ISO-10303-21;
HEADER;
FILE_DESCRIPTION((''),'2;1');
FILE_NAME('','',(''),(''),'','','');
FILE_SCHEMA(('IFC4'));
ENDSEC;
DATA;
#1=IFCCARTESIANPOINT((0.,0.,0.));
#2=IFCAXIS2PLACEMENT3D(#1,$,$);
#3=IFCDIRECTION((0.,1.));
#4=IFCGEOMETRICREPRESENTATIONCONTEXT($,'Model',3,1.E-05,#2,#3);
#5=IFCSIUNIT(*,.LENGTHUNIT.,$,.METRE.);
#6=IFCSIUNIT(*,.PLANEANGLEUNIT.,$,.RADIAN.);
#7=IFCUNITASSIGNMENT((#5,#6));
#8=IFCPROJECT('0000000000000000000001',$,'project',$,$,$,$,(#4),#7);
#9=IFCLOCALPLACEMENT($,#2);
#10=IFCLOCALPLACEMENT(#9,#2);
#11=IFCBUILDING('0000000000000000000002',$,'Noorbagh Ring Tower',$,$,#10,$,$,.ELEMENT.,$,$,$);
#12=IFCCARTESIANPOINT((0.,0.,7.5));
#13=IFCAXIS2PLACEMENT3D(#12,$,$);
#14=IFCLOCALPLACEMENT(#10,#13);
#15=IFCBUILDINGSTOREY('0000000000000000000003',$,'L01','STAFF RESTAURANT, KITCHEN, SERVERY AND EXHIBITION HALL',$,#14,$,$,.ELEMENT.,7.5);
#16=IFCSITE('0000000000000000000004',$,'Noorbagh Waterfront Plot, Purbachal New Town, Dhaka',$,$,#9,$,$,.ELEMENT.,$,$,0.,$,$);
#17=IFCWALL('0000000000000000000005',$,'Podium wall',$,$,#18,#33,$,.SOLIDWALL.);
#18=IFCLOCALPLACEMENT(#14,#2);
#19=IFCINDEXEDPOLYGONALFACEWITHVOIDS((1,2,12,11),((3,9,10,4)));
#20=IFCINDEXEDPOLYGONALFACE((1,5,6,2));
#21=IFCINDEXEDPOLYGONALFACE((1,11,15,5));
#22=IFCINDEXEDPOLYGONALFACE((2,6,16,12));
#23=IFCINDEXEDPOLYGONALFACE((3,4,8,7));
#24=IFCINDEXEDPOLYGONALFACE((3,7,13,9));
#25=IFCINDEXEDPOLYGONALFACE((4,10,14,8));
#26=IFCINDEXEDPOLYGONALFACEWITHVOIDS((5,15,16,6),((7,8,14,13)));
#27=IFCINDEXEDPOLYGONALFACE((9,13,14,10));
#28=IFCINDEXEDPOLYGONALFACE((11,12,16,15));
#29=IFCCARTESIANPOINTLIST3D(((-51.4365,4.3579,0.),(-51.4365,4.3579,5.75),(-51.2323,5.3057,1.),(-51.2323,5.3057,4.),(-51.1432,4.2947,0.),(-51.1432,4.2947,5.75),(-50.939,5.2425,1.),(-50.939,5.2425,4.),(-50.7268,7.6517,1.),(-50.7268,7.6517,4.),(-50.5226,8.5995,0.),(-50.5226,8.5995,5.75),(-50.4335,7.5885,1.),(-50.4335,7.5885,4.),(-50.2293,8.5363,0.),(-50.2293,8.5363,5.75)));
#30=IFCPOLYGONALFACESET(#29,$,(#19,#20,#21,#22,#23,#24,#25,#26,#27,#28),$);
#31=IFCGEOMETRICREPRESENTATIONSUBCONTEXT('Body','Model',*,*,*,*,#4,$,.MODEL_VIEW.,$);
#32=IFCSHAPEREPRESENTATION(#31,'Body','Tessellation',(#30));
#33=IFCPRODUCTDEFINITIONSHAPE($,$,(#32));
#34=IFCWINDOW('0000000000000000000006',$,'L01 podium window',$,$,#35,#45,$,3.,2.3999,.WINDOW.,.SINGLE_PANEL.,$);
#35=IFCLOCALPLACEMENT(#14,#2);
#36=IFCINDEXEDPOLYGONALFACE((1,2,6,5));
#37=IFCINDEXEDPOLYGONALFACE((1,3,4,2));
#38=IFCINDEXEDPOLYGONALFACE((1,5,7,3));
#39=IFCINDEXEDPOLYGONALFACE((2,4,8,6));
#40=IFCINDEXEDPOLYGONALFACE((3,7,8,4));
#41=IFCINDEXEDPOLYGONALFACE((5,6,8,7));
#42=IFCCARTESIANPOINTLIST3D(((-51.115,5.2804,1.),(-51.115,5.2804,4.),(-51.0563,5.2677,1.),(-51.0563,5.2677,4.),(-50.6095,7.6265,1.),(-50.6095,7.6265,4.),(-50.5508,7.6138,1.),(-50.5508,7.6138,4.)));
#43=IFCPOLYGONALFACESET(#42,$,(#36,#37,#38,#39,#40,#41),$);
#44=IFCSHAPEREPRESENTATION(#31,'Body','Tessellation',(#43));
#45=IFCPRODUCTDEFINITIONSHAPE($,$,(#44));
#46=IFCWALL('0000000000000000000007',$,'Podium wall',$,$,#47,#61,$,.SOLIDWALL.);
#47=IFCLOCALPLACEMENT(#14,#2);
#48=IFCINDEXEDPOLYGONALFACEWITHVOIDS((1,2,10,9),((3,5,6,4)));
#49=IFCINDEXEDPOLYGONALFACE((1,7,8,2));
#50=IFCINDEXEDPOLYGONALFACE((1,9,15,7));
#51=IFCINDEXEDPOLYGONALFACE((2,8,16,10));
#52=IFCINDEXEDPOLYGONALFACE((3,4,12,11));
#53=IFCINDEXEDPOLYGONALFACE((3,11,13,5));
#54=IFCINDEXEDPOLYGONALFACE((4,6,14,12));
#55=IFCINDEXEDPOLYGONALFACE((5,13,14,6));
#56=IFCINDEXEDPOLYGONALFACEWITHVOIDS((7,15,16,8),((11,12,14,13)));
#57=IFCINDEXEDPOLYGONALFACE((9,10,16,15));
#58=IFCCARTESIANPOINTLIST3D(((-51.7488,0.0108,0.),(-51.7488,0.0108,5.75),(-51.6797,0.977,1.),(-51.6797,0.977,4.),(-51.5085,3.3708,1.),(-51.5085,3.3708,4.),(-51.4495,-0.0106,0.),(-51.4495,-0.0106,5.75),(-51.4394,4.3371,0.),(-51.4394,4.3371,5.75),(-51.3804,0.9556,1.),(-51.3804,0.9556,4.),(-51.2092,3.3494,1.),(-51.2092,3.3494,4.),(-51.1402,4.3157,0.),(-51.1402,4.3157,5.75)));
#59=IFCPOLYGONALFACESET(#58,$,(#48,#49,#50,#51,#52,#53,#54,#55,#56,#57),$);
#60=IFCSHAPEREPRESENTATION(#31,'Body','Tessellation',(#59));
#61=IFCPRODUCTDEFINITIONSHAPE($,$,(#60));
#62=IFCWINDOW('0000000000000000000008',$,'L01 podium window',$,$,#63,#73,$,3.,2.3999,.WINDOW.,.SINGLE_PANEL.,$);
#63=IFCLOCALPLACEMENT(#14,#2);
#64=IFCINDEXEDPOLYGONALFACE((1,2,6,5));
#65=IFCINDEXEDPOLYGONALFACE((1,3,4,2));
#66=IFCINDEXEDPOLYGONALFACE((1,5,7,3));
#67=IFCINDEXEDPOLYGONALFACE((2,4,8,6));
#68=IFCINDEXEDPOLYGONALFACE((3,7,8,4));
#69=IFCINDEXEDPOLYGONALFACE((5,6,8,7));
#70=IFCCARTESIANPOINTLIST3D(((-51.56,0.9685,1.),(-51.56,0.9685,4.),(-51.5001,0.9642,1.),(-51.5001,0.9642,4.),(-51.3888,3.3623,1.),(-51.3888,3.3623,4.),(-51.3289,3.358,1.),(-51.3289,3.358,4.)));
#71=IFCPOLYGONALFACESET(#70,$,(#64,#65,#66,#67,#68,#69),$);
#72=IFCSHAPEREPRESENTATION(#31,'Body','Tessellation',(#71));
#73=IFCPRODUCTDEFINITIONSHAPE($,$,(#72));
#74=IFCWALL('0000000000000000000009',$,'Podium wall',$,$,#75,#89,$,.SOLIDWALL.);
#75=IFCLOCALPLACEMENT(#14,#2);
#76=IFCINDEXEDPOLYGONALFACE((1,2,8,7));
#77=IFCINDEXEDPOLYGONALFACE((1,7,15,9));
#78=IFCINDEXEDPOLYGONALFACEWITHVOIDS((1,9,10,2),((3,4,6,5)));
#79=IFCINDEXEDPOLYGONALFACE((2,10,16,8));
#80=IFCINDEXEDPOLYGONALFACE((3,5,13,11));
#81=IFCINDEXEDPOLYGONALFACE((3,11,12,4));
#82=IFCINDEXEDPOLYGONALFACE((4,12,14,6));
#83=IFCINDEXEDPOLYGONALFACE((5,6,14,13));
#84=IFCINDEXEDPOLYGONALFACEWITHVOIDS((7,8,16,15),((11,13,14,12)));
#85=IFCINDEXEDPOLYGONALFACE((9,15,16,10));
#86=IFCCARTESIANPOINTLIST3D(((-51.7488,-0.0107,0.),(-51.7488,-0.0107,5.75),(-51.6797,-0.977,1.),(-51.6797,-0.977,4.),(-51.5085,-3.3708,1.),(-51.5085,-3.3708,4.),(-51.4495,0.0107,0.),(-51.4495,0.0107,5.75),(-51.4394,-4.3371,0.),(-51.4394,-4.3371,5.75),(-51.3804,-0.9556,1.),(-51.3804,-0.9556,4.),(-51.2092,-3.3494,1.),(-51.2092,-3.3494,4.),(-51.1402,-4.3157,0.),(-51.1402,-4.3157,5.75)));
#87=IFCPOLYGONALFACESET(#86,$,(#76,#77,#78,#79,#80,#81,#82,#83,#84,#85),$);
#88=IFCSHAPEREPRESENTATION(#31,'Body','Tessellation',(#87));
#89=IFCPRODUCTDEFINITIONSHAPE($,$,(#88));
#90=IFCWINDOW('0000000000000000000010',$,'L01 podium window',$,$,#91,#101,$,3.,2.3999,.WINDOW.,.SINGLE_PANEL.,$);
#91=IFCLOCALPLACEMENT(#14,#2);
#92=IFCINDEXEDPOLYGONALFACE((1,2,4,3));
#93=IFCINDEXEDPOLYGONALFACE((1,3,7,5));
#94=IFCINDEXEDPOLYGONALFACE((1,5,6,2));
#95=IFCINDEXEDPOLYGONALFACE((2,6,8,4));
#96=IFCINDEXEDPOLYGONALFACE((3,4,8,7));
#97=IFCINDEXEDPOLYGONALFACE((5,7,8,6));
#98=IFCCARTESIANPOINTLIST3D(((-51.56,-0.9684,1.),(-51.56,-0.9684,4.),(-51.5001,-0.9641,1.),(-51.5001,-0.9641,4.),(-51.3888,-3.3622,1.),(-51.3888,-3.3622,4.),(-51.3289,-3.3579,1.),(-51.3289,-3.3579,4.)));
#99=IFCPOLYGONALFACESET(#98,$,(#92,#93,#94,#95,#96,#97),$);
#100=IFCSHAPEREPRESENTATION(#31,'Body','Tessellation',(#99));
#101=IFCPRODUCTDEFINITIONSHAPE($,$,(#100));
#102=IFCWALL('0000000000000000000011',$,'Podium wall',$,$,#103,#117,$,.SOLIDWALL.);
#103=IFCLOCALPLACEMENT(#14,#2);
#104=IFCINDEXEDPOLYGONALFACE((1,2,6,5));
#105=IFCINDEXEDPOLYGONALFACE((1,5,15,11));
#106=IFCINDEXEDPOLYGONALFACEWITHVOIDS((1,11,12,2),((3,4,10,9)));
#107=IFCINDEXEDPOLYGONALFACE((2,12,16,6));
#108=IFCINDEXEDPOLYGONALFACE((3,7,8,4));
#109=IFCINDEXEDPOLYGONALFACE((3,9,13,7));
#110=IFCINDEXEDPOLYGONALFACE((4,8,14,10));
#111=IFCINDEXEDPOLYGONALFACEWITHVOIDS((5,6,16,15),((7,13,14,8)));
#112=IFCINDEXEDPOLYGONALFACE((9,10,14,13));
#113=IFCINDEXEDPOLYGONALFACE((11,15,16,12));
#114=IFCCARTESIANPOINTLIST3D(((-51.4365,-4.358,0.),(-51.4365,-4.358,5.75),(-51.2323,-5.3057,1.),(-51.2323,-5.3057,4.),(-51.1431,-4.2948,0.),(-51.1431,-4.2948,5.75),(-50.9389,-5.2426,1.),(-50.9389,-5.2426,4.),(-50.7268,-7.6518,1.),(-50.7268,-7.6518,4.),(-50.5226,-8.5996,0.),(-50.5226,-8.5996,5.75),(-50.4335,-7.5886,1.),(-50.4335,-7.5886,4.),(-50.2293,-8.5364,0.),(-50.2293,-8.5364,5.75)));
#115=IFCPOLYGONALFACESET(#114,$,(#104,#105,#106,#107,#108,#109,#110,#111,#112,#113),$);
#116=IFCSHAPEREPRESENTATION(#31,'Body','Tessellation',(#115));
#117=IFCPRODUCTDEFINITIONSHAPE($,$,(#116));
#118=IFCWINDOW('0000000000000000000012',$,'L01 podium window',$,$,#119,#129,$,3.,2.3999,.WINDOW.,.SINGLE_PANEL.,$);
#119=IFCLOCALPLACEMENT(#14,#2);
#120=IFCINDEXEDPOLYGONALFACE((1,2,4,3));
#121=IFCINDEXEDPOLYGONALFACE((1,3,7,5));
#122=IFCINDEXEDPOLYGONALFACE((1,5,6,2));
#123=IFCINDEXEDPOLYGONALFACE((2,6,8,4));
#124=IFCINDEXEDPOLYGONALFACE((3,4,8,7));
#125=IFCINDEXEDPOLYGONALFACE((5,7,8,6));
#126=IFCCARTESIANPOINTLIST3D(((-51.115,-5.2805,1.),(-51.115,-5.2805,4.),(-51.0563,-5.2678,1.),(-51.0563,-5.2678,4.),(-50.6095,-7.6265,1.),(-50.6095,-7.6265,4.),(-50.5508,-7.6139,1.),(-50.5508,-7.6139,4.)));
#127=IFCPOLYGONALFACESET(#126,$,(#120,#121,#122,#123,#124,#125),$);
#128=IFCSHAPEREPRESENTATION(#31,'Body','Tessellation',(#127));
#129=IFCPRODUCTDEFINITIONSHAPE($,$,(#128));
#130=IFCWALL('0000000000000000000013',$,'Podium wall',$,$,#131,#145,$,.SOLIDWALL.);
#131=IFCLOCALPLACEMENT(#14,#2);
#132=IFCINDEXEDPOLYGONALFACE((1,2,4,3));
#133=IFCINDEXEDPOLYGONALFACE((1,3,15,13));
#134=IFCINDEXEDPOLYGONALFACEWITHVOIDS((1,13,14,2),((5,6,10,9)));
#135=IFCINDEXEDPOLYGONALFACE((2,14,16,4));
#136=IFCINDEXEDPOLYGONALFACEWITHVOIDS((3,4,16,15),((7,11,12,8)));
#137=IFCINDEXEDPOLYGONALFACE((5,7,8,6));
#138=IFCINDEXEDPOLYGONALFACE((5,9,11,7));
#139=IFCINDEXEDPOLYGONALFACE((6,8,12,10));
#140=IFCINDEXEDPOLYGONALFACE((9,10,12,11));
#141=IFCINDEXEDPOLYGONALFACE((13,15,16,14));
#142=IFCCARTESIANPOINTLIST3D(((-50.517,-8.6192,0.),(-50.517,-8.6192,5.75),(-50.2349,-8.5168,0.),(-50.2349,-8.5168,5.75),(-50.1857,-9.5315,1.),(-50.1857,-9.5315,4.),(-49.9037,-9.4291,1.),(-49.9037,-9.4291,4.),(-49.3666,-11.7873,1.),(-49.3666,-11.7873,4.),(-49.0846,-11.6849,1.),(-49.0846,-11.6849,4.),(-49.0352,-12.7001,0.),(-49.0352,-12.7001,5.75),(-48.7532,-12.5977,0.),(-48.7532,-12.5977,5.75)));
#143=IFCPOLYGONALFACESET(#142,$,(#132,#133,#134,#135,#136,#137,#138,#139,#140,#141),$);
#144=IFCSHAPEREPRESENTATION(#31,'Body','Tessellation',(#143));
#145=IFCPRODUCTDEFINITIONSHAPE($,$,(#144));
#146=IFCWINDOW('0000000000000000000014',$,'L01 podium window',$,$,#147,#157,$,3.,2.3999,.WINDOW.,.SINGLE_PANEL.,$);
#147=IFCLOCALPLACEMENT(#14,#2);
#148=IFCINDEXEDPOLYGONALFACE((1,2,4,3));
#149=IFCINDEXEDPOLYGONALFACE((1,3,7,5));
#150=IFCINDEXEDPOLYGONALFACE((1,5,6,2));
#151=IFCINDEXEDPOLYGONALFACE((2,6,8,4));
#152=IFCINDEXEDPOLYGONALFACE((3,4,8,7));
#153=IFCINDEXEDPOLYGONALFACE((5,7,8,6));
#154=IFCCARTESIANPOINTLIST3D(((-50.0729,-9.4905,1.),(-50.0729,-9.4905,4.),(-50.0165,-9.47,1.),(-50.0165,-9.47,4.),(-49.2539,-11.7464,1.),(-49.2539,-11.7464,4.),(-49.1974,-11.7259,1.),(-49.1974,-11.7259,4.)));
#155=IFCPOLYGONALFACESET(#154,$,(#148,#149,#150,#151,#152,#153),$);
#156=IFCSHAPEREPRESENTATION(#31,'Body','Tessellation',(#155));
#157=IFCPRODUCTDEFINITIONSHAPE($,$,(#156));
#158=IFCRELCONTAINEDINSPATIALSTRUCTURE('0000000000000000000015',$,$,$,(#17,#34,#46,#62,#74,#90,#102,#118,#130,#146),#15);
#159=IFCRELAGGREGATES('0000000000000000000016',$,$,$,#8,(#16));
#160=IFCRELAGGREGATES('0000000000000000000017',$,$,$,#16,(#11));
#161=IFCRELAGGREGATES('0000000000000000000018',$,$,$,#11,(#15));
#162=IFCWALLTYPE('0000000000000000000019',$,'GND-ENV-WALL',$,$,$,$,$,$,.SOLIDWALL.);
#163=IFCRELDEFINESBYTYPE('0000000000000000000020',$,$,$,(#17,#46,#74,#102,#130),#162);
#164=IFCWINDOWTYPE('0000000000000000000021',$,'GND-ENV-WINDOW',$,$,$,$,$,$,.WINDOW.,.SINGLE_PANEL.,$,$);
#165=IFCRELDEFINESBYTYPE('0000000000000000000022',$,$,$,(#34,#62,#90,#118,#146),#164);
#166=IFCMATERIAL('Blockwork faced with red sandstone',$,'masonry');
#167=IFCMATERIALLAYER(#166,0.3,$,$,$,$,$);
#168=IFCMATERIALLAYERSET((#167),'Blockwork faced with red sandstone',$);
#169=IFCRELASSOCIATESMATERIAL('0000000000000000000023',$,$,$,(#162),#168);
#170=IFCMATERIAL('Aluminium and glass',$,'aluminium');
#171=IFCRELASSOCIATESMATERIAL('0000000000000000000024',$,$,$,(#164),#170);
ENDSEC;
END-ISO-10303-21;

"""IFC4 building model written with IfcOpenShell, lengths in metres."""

from ifc_helpers import new_model, si_unit, direction, frame, frame_2d, origin, place, context, subcontext, project, spatial, rectangle, extrude, material, layer, layer_set, type_object, element, fill, save


model = new_model("IFC4")

# Units and contexts
model_context = context("Model", 3, precision=1e-05, world=origin(), true_north=direction((0.0, 1.0)))
body_context = subcontext(model_context, "Body", "Model", "MODEL_VIEW")
ifc_project = project(units=[si_unit("LENGTHUNIT", "METRE"), si_unit("PLANEANGLEUNIT", "RADIAN")], contexts=[model_context])

# Site, building, storey
site_placement = place(None, origin())
site = spatial("IfcSite", under=ifc_project, at=site_placement, Name="Noorbagh Waterfront Plot, Purbachal New Town, Dhaka", CompositionType="ELEMENT", RefElevation=0.0)
building_placement = place(site_placement, origin())
building = spatial("IfcBuilding", under=site, at=building_placement, Name="Noorbagh Ring Tower", CompositionType="ELEMENT")
storey_placement = place(building_placement, frame((0.0, 0.0, 7.5)))
storey = spatial("IfcBuildingStorey", under=building, at=storey_placement, Name="L01", Description="STAFF RESTAURANT, KITCHEN, SERVERY AND EXHIBITION HALL", CompositionType="ELEMENT", Elevation=7.5)

# Walls, openings, windows
ifc_material_1 = material(Name="Blockwork faced with red sandstone", Category="masonry")
ifc_layer_1 = layer(ifc_material_1, 0.3)
ifc_layer_set_1 = layer_set([ifc_layer_1], Name="Blockwork faced with red sandstone")
wall_type_1 = type_object("IfcWallType", Name="GND-ENV-WALL", PredefinedType="SOLIDWALL", material=ifc_layer_set_1)
ifc_material_2 = material(Name="Aluminium and glass", Category="aluminium")
window_type = type_object("IfcWindowType", Name="GND-ENV-WINDOW", PartitioningType="SINGLE_PANEL", PredefinedType="WINDOW", material=ifc_material_2)
wall_1_placement = place(storey_placement, frame((-50.376, 8.5679, 0.0), z_axis=(0.0, 0.0, 1.0), x_axis=(-0.210616, -0.977569, 0.0)))
wall_1 = element("IfcWall", 1, at=wall_1_placement, inside=storey, type_object=wall_type_1, Name="Podium wall", PredefinedType="SOLIDWALL", context=body_context, shape_type="SweptSolid", body=[
    extrude(rectangle(XDim=4.3389, YDim=0.3, at=frame_2d((2.1694, 0.0))), origin(), (0.0, 0.0, 1.0), 5.75),
])
opening_1_placement = place(wall_1_placement, frame((0.9695, 0.0, 1.0)))
opening_1 = element("IfcOpeningElement", 2, at=opening_1_placement, cuts=wall_1, PredefinedType="OPENING", context=body_context, shape_type="SweptSolid", body=[
    extrude(rectangle(XDim=2.3999, YDim=3.0, at=frame_2d((1.2, 1.5))), frame((0.0, 0.1602, 0.0), z_axis=(0.0, -1.0, 0.0), x_axis=(1.0, 0.0, 0.0)), (0.0, 0.0, 1.0), 0.3201),
])
window_1_placement = place(opening_1_placement, origin())
window_1 = element("IfcWindow", 3, at=window_1_placement, inside=storey, type_object=window_type, Name="L01 podium window", OverallHeight=3.0, OverallWidth=2.3999, PartitioningType="SINGLE_PANEL", PredefinedType="WINDOW", context=body_context, shape_type="SweptSolid", body=[
    extrude(rectangle(XDim=2.3999, YDim=3.0, at=frame_2d((1.2, 1.5))), frame((0.0, 0.03, 0.0), z_axis=(0.0, -1.0, 0.0), x_axis=(1.0, 0.0, 0.0)), (0.0, 0.0, 1.0), 0.0601),
])
fill(opening_1, window_1)
wall_2_placement = place(storey_placement, frame((-51.2898, 4.3264, 0.0), z_axis=(0.0, 0.0, 1.0), x_axis=(-0.071315, -0.997454, 0.0)))
wall_2 = element("IfcWall", 4, at=wall_2_placement, inside=storey, type_object=wall_type_1, Name="Podium wall", PredefinedType="SOLIDWALL", context=body_context, shape_type="SweptSolid", body=[
    extrude(rectangle(XDim=4.3374, YDim=0.3, at=frame_2d((2.1687, 0.0))), origin(), (0.0, 0.0, 1.0), 5.75),
])
opening_2_placement = place(wall_2_placement, frame((0.9688, 0.0, 1.0)))
opening_2 = element("IfcOpeningElement", 5, at=opening_2_placement, cuts=wall_2, PredefinedType="OPENING", context=body_context, shape_type="SweptSolid", body=[
    extrude(rectangle(XDim=2.3999, YDim=3.0, at=frame_2d((1.2, 1.5))), frame((0.0, 0.1602, 0.0), z_axis=(0.0, -1.0, 0.0), x_axis=(1.0, 0.0, 0.0)), (0.0, 0.0, 1.0), 0.3201),
])
window_2_placement = place(opening_2_placement, origin())
window_2 = element("IfcWindow", 6, at=window_2_placement, inside=storey, type_object=window_type, Name="L01 podium window", OverallHeight=3.0, OverallWidth=2.3999, PartitioningType="SINGLE_PANEL", PredefinedType="WINDOW", context=body_context, shape_type="SweptSolid", body=[
    extrude(rectangle(XDim=2.3999, YDim=3.0, at=frame_2d((1.2, 1.5))), frame((0.0, 0.03, 0.0), z_axis=(0.0, -1.0, 0.0), x_axis=(1.0, 0.0, 0.0)), (0.0, 0.0, 1.0), 0.0601),
])
fill(opening_2, window_2)
wall_3_placement = place(storey_placement, frame((-51.5991, 0.0, 0.0), z_axis=(0.0, 0.0, 1.0), x_axis=(0.071315, -0.997454, 0.0)))
wall_3 = element("IfcWall", 7, at=wall_3_placement, inside=storey, type_object=wall_type_1, Name="Podium wall", PredefinedType="SOLIDWALL", context=body_context, shape_type="SweptSolid", body=[
    extrude(rectangle(XDim=4.3374, YDim=0.3, at=frame_2d((2.1687, 0.0))), origin(), (0.0, 0.0, 1.0), 5.75),
])
opening_3_placement = place(wall_3_placement, frame((0.9688, 0.0, 1.0)))
opening_3 = element("IfcOpeningElement", 8, at=opening_3_placement, cuts=wall_3, PredefinedType="OPENING", context=body_context, shape_type="SweptSolid", body=[
    extrude(rectangle(XDim=2.3999, YDim=3.0, at=frame_2d((1.2, 1.5))), frame((0.0, 0.1602, 0.0), z_axis=(0.0, -1.0, 0.0), x_axis=(1.0, 0.0, 0.0)), (0.0, 0.0, 1.0), 0.3201),
])
window_3_placement = place(opening_3_placement, origin())
window_3 = element("IfcWindow", 9, at=window_3_placement, inside=storey, type_object=window_type, Name="L01 podium window", OverallHeight=3.0, OverallWidth=2.3999, PartitioningType="SINGLE_PANEL", PredefinedType="WINDOW", context=body_context, shape_type="SweptSolid", body=[
    extrude(rectangle(XDim=2.3999, YDim=3.0, at=frame_2d((1.2, 1.5))), frame((0.0, 0.03, 0.0), z_axis=(0.0, -1.0, 0.0), x_axis=(1.0, 0.0, 0.0)), (0.0, 0.0, 1.0), 0.0601),
])
fill(opening_3, window_3)
wall_4_placement = place(storey_placement, frame((-51.2898, -4.3264, 0.0), z_axis=(0.0, 0.0, 1.0), x_axis=(0.210616, -0.977569, 0.0)))
wall_4 = element("IfcWall", 10, at=wall_4_placement, inside=storey, type_object=wall_type_1, Name="Podium wall", PredefinedType="SOLIDWALL", context=body_context, shape_type="SweptSolid", body=[
    extrude(rectangle(XDim=4.3389, YDim=0.3, at=frame_2d((2.1694, 0.0))), origin(), (0.0, 0.0, 1.0), 5.75),
])
opening_4_placement = place(wall_4_placement, frame((0.9695, 0.0, 1.0)))
opening_4 = element("IfcOpeningElement", 11, at=opening_4_placement, cuts=wall_4, PredefinedType="OPENING", context=body_context, shape_type="SweptSolid", body=[
    extrude(rectangle(XDim=2.3999, YDim=3.0, at=frame_2d((1.2, 1.5))), frame((0.0, 0.1602, 0.0), z_axis=(0.0, -1.0, 0.0), x_axis=(1.0, 0.0, 0.0)), (0.0, 0.0, 1.0), 0.3201),
])
window_4_placement = place(opening_4_placement, origin())
window_4 = element("IfcWindow", 12, at=window_4_placement, inside=storey, type_object=window_type, Name="L01 podium window", OverallHeight=3.0, OverallWidth=2.3999, PartitioningType="SINGLE_PANEL", PredefinedType="WINDOW", context=body_context, shape_type="SweptSolid", body=[
    extrude(rectangle(XDim=2.3999, YDim=3.0, at=frame_2d((1.2, 1.5))), frame((0.0, 0.03, 0.0), z_axis=(0.0, -1.0, 0.0), x_axis=(1.0, 0.0, 0.0)), (0.0, 0.0, 1.0), 0.0601),
])
fill(opening_4, window_4)
wall_5_placement = place(storey_placement, frame((-50.376, -8.5679, 0.0), z_axis=(0.0, 0.0, 1.0), x_axis=(0.341287, -0.939959, 0.0)))
wall_5 = element("IfcWall", 13, at=wall_5_placement, inside=storey, type_object=wall_type_1, Name="Podium wall", PredefinedType="SOLIDWALL", context=body_context, shape_type="SweptSolid", body=[
    extrude(rectangle(XDim=4.3416, YDim=0.3, at=frame_2d((2.1709, 0.0))), origin(), (0.0, 0.0, 1.0), 5.75),
])
opening_5_placement = place(wall_5_placement, frame((0.9707, 0.0, 1.0)))
opening_5 = element("IfcOpeningElement", 14, at=opening_5_placement, cuts=wall_5, PredefinedType="OPENING", context=body_context, shape_type="SweptSolid", body=[
    extrude(rectangle(XDim=2.3999, YDim=3.0, at=frame_2d((1.2, 1.5))), frame((0.0, 0.1602, 0.0), z_axis=(0.0, -1.0, 0.0), x_axis=(1.0, 0.0, 0.0)), (0.0, 0.0, 1.0), 0.3201),
])
window_5_placement = place(opening_5_placement, origin())
window_5 = element("IfcWindow", 15, at=window_5_placement, inside=storey, type_object=window_type, Name="L01 podium window", OverallHeight=3.0, OverallWidth=2.3999, PartitioningType="SINGLE_PANEL", PredefinedType="WINDOW", context=body_context, shape_type="SweptSolid", body=[
    extrude(rectangle(XDim=2.3999, YDim=3.0, at=frame_2d((1.2, 1.5))), frame((0.0, 0.03, 0.0), z_axis=(0.0, -1.0, 0.0), x_axis=(1.0, 0.0, 0.0)), (0.0, 0.0, 1.0), 0.0601),
])
fill(opening_5, window_5)

save(model, "model.ifc")
